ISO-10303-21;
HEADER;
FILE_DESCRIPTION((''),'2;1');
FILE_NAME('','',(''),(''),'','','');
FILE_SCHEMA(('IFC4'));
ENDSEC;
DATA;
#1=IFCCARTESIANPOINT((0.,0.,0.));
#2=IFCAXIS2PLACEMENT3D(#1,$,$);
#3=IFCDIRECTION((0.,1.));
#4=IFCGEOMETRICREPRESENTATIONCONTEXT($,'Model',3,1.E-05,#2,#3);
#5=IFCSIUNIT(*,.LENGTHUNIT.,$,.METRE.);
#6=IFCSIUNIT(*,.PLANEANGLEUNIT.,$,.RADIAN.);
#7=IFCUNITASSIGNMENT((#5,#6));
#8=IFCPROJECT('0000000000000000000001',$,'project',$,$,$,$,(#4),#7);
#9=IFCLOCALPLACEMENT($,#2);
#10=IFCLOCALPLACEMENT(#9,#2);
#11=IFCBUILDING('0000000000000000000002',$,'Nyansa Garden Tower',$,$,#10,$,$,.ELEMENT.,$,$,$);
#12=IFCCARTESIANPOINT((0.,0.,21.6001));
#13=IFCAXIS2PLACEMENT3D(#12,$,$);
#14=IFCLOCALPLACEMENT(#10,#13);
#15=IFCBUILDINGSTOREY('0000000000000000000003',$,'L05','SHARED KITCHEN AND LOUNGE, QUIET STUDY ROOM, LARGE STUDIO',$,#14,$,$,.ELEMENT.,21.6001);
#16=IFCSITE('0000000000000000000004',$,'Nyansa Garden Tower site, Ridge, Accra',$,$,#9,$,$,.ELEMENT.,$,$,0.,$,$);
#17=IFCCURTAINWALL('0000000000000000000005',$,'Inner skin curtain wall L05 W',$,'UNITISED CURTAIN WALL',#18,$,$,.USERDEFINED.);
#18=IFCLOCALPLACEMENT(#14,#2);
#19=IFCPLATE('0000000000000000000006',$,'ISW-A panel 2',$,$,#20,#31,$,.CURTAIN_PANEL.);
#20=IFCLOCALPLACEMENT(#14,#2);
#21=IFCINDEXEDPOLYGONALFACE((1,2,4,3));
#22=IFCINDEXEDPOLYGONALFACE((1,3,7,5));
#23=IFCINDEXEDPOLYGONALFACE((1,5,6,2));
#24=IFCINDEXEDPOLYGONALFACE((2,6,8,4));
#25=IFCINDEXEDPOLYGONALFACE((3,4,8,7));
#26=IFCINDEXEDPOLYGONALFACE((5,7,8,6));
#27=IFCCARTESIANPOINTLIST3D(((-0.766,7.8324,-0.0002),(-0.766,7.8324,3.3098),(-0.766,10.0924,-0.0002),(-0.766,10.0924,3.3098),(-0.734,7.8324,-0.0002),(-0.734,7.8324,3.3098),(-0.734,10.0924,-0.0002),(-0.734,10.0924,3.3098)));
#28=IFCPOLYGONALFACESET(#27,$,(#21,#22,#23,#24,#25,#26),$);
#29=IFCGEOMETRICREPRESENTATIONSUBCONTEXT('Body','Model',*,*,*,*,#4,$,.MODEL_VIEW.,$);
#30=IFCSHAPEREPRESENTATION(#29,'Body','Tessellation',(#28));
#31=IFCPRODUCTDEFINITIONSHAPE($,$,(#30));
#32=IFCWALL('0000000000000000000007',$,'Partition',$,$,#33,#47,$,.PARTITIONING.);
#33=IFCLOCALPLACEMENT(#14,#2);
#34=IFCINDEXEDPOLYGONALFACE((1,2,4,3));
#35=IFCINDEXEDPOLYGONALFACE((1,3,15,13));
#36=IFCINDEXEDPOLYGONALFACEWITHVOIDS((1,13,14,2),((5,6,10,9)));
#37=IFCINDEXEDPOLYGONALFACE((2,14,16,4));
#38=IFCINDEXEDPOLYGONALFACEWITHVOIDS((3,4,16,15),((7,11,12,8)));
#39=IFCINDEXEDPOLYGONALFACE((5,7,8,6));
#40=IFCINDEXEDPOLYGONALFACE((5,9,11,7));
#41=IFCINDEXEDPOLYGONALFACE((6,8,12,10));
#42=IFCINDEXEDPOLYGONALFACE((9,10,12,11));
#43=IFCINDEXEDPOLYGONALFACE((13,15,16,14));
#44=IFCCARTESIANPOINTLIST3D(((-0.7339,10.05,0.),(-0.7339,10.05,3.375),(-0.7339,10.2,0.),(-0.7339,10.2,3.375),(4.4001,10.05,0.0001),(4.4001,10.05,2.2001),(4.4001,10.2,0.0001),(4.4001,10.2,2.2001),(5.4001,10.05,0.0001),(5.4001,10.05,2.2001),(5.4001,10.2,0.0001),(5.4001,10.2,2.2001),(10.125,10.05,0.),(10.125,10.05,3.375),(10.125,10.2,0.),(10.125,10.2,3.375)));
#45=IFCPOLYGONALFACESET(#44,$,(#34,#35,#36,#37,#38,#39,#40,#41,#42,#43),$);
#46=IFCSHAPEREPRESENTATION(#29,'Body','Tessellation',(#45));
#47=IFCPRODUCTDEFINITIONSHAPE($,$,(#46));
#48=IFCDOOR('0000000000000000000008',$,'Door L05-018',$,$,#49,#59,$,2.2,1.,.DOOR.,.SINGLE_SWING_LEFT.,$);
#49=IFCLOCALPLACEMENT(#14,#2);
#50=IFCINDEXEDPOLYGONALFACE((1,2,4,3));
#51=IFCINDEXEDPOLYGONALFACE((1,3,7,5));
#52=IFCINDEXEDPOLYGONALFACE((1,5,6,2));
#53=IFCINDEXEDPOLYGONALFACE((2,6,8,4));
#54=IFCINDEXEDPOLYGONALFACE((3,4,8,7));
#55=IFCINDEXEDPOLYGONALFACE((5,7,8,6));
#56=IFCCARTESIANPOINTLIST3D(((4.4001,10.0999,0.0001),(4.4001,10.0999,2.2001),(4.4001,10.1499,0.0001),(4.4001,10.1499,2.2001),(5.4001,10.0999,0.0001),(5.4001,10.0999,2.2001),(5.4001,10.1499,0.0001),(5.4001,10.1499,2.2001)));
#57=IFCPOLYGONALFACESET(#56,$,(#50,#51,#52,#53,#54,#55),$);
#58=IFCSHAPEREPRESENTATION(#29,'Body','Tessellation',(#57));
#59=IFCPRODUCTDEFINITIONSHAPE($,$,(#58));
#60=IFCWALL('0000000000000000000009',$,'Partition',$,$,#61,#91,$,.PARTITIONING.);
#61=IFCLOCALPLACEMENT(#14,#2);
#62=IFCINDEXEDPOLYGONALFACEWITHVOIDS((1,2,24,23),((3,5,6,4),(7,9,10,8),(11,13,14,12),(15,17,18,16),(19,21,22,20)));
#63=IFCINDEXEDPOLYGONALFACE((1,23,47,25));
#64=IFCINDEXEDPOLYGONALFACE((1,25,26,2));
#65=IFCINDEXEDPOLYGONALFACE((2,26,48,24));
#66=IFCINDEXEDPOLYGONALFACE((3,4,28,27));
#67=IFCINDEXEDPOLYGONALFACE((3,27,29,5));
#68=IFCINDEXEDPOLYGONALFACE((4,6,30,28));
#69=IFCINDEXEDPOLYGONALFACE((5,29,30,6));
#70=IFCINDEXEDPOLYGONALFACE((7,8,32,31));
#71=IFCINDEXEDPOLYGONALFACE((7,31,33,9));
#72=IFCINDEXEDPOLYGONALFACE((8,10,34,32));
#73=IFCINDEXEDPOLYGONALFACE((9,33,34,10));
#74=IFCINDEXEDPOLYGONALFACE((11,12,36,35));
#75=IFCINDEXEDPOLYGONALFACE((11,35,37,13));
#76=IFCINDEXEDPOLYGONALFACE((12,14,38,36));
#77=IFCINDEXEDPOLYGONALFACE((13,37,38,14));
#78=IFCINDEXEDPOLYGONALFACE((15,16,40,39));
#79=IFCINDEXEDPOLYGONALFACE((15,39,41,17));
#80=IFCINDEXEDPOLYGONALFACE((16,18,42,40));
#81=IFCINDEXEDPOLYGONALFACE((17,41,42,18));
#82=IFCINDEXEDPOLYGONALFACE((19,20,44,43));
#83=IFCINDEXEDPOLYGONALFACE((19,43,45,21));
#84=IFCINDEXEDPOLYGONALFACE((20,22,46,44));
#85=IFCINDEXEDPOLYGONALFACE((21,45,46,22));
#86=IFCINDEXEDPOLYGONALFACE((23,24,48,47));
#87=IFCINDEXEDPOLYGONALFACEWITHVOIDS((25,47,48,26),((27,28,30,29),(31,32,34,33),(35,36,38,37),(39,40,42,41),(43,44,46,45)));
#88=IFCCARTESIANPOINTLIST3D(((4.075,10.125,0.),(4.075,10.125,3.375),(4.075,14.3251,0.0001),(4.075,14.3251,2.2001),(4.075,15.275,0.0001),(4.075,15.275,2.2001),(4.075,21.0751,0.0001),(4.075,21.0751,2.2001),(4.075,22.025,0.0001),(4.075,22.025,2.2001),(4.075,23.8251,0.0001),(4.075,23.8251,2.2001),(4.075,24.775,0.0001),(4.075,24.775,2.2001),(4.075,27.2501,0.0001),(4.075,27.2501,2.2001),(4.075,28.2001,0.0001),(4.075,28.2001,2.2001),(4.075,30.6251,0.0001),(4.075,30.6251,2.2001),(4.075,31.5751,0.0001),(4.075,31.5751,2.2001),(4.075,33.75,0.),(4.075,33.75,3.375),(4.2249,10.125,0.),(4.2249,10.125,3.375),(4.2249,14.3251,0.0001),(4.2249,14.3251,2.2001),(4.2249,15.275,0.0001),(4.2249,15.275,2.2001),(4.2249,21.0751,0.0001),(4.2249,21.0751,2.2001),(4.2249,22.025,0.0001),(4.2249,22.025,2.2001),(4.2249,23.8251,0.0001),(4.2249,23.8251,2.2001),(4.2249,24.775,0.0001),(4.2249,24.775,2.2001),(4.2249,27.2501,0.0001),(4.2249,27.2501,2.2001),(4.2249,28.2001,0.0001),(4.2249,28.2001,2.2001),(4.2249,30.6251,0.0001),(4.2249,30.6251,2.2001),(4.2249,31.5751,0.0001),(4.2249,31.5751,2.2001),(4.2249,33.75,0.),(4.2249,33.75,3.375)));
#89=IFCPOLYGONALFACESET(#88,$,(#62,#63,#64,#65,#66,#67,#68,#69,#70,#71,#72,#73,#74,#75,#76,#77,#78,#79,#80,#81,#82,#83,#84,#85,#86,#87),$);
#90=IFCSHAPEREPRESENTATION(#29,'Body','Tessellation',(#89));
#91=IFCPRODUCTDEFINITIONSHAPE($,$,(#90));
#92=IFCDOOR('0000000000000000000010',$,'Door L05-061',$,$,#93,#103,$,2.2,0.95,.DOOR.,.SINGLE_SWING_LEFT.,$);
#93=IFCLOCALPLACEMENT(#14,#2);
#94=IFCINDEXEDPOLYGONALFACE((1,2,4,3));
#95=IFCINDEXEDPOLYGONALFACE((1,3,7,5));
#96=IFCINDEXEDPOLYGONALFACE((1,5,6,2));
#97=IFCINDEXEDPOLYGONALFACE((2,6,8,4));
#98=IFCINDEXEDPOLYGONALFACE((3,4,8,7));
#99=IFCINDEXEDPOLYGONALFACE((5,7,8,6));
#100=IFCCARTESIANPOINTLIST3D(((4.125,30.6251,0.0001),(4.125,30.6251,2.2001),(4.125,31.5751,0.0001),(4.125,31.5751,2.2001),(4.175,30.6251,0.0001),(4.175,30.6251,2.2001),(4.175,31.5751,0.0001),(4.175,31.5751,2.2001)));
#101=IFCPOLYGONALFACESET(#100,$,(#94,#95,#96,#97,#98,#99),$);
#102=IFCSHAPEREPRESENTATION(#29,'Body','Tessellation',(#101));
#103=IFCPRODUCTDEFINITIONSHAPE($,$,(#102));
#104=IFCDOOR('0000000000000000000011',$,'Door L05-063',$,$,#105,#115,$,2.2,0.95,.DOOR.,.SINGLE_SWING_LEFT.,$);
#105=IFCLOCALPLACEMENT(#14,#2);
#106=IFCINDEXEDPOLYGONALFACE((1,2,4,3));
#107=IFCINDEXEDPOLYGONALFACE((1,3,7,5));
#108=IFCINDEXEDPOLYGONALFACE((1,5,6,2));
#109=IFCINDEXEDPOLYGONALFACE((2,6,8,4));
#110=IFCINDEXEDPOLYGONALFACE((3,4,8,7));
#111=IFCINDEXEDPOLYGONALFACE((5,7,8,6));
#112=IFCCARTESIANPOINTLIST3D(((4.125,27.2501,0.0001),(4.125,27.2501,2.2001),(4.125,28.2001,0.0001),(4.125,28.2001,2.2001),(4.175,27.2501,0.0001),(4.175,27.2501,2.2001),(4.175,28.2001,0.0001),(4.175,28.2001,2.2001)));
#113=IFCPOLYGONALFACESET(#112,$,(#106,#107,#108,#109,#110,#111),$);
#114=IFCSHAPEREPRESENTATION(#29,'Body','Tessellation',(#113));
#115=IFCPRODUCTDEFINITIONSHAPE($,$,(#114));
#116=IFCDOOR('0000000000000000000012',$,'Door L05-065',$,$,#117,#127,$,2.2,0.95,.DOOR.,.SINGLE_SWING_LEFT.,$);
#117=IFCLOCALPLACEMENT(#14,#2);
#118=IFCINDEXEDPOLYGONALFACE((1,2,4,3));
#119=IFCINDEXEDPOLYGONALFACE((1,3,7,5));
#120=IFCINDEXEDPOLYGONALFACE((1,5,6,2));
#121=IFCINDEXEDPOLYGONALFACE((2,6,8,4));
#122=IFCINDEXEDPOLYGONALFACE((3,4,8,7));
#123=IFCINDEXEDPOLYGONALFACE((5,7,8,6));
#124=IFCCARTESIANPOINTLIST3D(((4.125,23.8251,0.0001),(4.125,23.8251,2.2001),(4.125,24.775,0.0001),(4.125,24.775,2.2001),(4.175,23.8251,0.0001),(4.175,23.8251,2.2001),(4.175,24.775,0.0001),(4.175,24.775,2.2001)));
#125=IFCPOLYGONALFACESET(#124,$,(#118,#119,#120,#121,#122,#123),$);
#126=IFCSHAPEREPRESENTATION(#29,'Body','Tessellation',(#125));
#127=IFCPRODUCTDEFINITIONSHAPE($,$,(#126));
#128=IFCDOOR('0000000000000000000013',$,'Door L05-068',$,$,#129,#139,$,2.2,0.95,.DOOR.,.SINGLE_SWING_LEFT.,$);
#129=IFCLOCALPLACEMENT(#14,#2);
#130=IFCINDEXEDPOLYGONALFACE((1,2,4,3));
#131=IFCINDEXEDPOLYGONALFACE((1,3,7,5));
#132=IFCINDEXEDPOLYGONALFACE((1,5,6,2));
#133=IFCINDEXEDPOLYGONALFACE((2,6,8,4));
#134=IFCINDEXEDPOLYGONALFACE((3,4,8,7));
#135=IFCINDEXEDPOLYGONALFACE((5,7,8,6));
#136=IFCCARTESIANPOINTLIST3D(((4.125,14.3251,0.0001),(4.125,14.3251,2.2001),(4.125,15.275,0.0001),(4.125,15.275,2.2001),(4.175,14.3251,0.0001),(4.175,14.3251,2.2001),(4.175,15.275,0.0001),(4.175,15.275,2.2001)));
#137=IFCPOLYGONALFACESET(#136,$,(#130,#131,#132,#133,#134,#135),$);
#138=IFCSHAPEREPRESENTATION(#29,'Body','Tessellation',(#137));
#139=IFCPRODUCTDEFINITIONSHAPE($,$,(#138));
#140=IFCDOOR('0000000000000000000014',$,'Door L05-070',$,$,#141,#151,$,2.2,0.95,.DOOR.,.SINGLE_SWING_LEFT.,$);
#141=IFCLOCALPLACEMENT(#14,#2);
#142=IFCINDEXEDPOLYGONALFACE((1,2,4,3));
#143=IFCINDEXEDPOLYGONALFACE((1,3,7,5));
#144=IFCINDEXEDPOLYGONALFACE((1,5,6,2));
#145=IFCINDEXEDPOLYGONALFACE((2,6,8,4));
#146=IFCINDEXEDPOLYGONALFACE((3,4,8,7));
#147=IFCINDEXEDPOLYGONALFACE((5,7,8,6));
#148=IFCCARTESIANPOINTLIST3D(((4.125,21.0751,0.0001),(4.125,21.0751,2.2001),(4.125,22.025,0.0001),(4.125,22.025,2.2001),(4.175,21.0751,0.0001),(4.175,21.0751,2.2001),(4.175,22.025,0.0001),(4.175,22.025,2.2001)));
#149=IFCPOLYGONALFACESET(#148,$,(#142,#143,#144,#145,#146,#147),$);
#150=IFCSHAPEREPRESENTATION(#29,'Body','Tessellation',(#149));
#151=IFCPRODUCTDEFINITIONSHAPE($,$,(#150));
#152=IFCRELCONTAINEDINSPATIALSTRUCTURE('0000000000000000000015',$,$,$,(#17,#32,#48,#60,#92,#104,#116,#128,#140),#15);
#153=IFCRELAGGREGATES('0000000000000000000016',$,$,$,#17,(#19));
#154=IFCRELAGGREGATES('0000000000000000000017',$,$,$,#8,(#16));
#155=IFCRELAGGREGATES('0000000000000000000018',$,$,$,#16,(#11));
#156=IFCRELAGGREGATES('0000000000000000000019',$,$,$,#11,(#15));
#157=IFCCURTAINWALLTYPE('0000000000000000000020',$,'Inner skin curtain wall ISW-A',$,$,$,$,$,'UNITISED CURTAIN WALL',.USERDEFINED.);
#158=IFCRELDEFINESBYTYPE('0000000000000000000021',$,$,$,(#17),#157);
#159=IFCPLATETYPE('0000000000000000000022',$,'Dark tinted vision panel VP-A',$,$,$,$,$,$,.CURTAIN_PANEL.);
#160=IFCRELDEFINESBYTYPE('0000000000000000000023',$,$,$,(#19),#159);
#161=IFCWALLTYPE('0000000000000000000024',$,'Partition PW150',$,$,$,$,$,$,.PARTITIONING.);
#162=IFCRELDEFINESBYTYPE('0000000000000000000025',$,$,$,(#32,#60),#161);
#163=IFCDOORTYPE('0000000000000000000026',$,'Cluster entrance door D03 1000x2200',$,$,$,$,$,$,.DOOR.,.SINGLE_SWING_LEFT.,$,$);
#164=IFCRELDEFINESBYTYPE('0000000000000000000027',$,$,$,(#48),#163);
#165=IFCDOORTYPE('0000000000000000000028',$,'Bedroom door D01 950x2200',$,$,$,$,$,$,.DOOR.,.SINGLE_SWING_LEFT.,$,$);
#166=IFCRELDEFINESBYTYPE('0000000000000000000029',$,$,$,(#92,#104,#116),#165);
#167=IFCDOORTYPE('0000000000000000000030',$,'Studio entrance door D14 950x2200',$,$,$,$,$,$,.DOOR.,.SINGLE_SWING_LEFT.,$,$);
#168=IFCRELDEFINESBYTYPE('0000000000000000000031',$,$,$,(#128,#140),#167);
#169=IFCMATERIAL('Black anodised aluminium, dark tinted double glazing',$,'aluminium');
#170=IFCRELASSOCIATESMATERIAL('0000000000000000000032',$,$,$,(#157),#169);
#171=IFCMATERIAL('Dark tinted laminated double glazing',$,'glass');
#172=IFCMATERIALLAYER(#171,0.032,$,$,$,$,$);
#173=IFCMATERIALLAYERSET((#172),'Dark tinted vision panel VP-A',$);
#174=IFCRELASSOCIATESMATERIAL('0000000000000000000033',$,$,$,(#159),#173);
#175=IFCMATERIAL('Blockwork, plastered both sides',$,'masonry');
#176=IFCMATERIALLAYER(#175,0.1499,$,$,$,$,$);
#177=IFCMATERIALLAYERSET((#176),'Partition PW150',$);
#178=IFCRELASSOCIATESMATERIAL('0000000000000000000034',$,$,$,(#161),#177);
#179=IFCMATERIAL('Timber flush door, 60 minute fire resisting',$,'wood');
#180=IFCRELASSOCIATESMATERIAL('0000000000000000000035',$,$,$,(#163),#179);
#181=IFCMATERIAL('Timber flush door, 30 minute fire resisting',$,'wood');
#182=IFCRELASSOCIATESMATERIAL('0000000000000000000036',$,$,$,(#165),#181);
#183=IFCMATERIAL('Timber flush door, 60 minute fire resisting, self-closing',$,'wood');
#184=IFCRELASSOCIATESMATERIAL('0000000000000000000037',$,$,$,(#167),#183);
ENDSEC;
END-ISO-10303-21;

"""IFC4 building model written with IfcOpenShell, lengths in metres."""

from ifc_helpers import new_model, si_unit, direction, frame, frame_2d, origin, origin_2d, place, context, subcontext, project, spatial, rectangle, extrude, material, layer, layer_set, type_object, element, fill, aggregate, save


model = new_model("IFC4")

# Units and contexts
model_context = context("Model", 3, precision=1e-05, world=origin(), true_north=direction((0.0, 1.0)))
body_context = subcontext(model_context, "Body", "Model", "MODEL_VIEW")
ifc_project = project(units=[si_unit("LENGTHUNIT", "METRE"), si_unit("PLANEANGLEUNIT", "RADIAN")], contexts=[model_context])

# Site, building, storey
site_placement = place(None, origin())
site = spatial("IfcSite", under=ifc_project, at=site_placement, Name="Nyansa Garden Tower site, Ridge, Accra", CompositionType="ELEMENT", RefElevation=0.0)
building_placement = place(site_placement, origin())
building = spatial("IfcBuilding", under=site, at=building_placement, Name="Nyansa Garden Tower", CompositionType="ELEMENT")
storey_placement = place(building_placement, frame((0.0, 0.0, 21.6001)))
storey = spatial("IfcBuildingStorey", under=building, at=storey_placement, Name="L05", Description="SHARED KITCHEN AND LOUNGE, QUIET STUDY ROOM, LARGE STUDIO", CompositionType="ELEMENT", Elevation=21.6001)

# Curtain wall
ifc_material_1 = material(Name="Black anodised aluminium, dark tinted double glazing", Category="aluminium")
curtain_wall_type = type_object("IfcCurtainWallType", Name="Inner skin curtain wall ISW-A", ElementType="UNITISED CURTAIN WALL", PredefinedType="USERDEFINED", material=ifc_material_1)
curtain_wall_placement = place(storey_placement, origin())
curtain_wall = element("IfcCurtainWall", 1, at=curtain_wall_placement, inside=storey, type_object=curtain_wall_type, Name="Inner skin curtain wall L05 W", ObjectType="UNITISED CURTAIN WALL", PredefinedType="USERDEFINED")

# Plate
ifc_material_2 = material(Name="Dark tinted laminated double glazing", Category="glass")
ifc_layer_1 = layer(ifc_material_2, 0.032)
ifc_layer_set_1 = layer_set([ifc_layer_1], Name="Dark tinted vision panel VP-A")
plate_type = type_object("IfcPlateType", Name="Dark tinted vision panel VP-A", PredefinedType="CURTAIN_PANEL", material=ifc_layer_set_1)
plate_1_placement = place(storey_placement, frame((-0.75, 8.9624, -0.0002), z_axis=(0.0, 0.0, 1.0), x_axis=(0.0, -1.0, 0.0)))
plate_1 = element("IfcPlate", 2, at=plate_1_placement, type_object=plate_type, Name="ISW-A panel 2", PredefinedType="CURTAIN_PANEL", context=body_context, shape_type="SweptSolid", body=[
    extrude(rectangle(XDim=2.26, YDim=0.032, at=origin_2d()), origin(), (0.0, 0.0, 1.0), 3.3101),
])
aggregate(curtain_wall, [plate_1])

# Wall, opening, door
ifc_material_3 = material(Name="Blockwork, plastered both sides", Category="masonry")
ifc_layer_2 = layer(ifc_material_3, 0.1499)
ifc_layer_set_2 = layer_set([ifc_layer_2], Name="Partition PW150")
wall_type_1 = type_object("IfcWallType", Name="Partition PW150", PredefinedType="PARTITIONING", material=ifc_layer_set_2)
wall_1_placement = place(storey_placement, frame((-0.7339, 10.125, 0.0), z_axis=(0.0, 0.0, 1.0), x_axis=(1.0, 0.0, 0.0)))
wall_1 = element("IfcWall", 3, at=wall_1_placement, inside=storey, type_object=wall_type_1, Name="Partition", PredefinedType="PARTITIONING", context=body_context, shape_type="SweptSolid", body=[
    extrude(rectangle(XDim=10.8589, YDim=0.1499, at=frame_2d((5.4294, 0.0))), origin(), (0.0, 0.0, 1.0), 3.375),
])
opening_1_placement = place(wall_1_placement, frame((5.134, 0.0, 0.0)))
opening_1 = element("IfcOpeningElement", 4, at=opening_1_placement, cuts=wall_1, PredefinedType="OPENING", context=body_context, shape_type="SweptSolid", body=[
    extrude(rectangle(XDim=1.0, YDim=2.2, at=frame_2d((0.5, 1.1001))), frame((0.0, 0.085, 0.0), z_axis=(0.0, -1.0, 0.0), x_axis=(1.0, 0.0, 0.0)), (0.0, 0.0, 1.0), 0.1699),
])
ifc_material_4 = material(Name="Timber flush door, 60 minute fire resisting", Category="wood")
door_type_1 = type_object("IfcDoorType", Name="Cluster entrance door D03 1000x2200", OperationType="SINGLE_SWING_LEFT", PredefinedType="DOOR", material=ifc_material_4)
door_1_placement = place(opening_1_placement, origin())
door_1 = element("IfcDoor", 5, at=door_1_placement, inside=storey, type_object=door_type_1, Name="Door L05-018", OperationType="SINGLE_SWING_LEFT", OverallHeight=2.2, OverallWidth=1.0, PredefinedType="DOOR", context=body_context, shape_type="SweptSolid", body=[
    extrude(rectangle(XDim=1.0, YDim=2.2, at=frame_2d((0.5, 1.1001))), frame((0.0, 0.0249, 0.0), z_axis=(0.0, -1.0, 0.0), x_axis=(1.0, 0.0, 0.0)), (0.0, 0.0, 1.0), 0.05),
])
fill(opening_1, door_1)

# Wall, openings, doors
wall_2_placement = place(storey_placement, frame((4.1499, 10.125, 0.0), z_axis=(0.0, 0.0, 1.0), x_axis=(0.0, 1.0, 0.0)))
wall_2 = element("IfcWall", 6, at=wall_2_placement, inside=storey, type_object=wall_type_1, Name="Partition", PredefinedType="PARTITIONING", context=body_context, shape_type="SweptSolid", body=[
    extrude(rectangle(XDim=23.625, YDim=0.1499, at=frame_2d((11.8125, 0.0))), origin(), (0.0, 0.0, 1.0), 3.375),
])
opening_2_placement = place(wall_2_placement, frame((20.5, 0.0, 0.0)))
opening_2 = element("IfcOpeningElement", 7, at=opening_2_placement, cuts=wall_2, PredefinedType="OPENING", context=body_context, shape_type="SweptSolid", body=[
    extrude(rectangle(XDim=0.95, YDim=2.2, at=frame_2d((0.4751, 1.1001))), frame((0.0, 0.085, 0.0), z_axis=(0.0, -1.0, 0.0), x_axis=(1.0, 0.0, 0.0)), (0.0, 0.0, 1.0), 0.1699),
])
opening_3_placement = place(wall_2_placement, frame((17.125, 0.0, 0.0)))
opening_3 = element("IfcOpeningElement", 8, at=opening_3_placement, cuts=wall_2, PredefinedType="OPENING", context=body_context, shape_type="SweptSolid", body=[
    extrude(rectangle(XDim=0.95, YDim=2.2, at=frame_2d((0.4751, 1.1001))), frame((0.0, 0.085, 0.0), z_axis=(0.0, -1.0, 0.0), x_axis=(1.0, 0.0, 0.0)), (0.0, 0.0, 1.0), 0.1699),
])
opening_4_placement = place(wall_2_placement, frame((13.7, 0.0, 0.0)))
opening_4 = element("IfcOpeningElement", 9, at=opening_4_placement, cuts=wall_2, PredefinedType="OPENING", context=body_context, shape_type="SweptSolid", body=[
    extrude(rectangle(XDim=0.95, YDim=2.2, at=frame_2d((0.4751, 1.1001))), frame((0.0, 0.085, 0.0), z_axis=(0.0, -1.0, 0.0), x_axis=(1.0, 0.0, 0.0)), (0.0, 0.0, 1.0), 0.1699),
])
opening_5_placement = place(wall_2_placement, frame((4.2, 0.0, 0.0)))
opening_5 = element("IfcOpeningElement", 10, at=opening_5_placement, cuts=wall_2, PredefinedType="OPENING", context=body_context, shape_type="SweptSolid", body=[
    extrude(rectangle(XDim=0.95, YDim=2.2, at=frame_2d((0.4751, 1.1001))), frame((0.0, 0.085, 0.0), z_axis=(0.0, -1.0, 0.0), x_axis=(1.0, 0.0, 0.0)), (0.0, 0.0, 1.0), 0.1699),
])
opening_6_placement = place(wall_2_placement, frame((10.95, 0.0, 0.0)))
opening_6 = element("IfcOpeningElement", 11, at=opening_6_placement, cuts=wall_2, PredefinedType="OPENING", context=body_context, shape_type="SweptSolid", body=[
    extrude(rectangle(XDim=0.95, YDim=2.2, at=frame_2d((0.4751, 1.1001))), frame((0.0, 0.085, 0.0), z_axis=(0.0, -1.0, 0.0), x_axis=(1.0, 0.0, 0.0)), (0.0, 0.0, 1.0), 0.1699),
])
ifc_material_5 = material(Name="Timber flush door, 30 minute fire resisting", Category="wood")
door_type_2 = type_object("IfcDoorType", Name="Bedroom door D01 950x2200", OperationType="SINGLE_SWING_LEFT", PredefinedType="DOOR", material=ifc_material_5)
door_2_placement = place(opening_2_placement, origin())
door_2 = element("IfcDoor", 12, at=door_2_placement, inside=storey, type_object=door_type_2, Name="Door L05-061", OperationType="SINGLE_SWING_LEFT", OverallHeight=2.2, OverallWidth=0.95, PredefinedType="DOOR", context=body_context, shape_type="SweptSolid", body=[
    extrude(rectangle(XDim=0.95, YDim=2.2, at=frame_2d((0.4751, 1.1001))), frame((0.0, 0.0249, 0.0), z_axis=(0.0, -1.0, 0.0), x_axis=(1.0, 0.0, 0.0)), (0.0, 0.0, 1.0), 0.05),
])
fill(opening_2, door_2)
door_3_placement = place(opening_3_placement, origin())
door_3 = element("IfcDoor", 13, at=door_3_placement, inside=storey, type_object=door_type_2, Name="Door L05-063", OperationType="SINGLE_SWING_LEFT", OverallHeight=2.2, OverallWidth=0.95, PredefinedType="DOOR", context=body_context, shape_type="SweptSolid", body=[
    extrude(rectangle(XDim=0.95, YDim=2.2, at=frame_2d((0.4751, 1.1001))), frame((0.0, 0.0249, 0.0), z_axis=(0.0, -1.0, 0.0), x_axis=(1.0, 0.0, 0.0)), (0.0, 0.0, 1.0), 0.05),
])
fill(opening_3, door_3)
door_4_placement = place(opening_4_placement, origin())
door_4 = element("IfcDoor", 14, at=door_4_placement, inside=storey, type_object=door_type_2, Name="Door L05-065", OperationType="SINGLE_SWING_LEFT", OverallHeight=2.2, OverallWidth=0.95, PredefinedType="DOOR", context=body_context, shape_type="SweptSolid", body=[
    extrude(rectangle(XDim=0.95, YDim=2.2, at=frame_2d((0.4751, 1.1001))), frame((0.0, 0.0249, 0.0), z_axis=(0.0, -1.0, 0.0), x_axis=(1.0, 0.0, 0.0)), (0.0, 0.0, 1.0), 0.05),
])
fill(opening_4, door_4)
ifc_material_6 = material(Name="Timber flush door, 60 minute fire resisting, self-closing", Category="wood")
door_type_3 = type_object("IfcDoorType", Name="Studio entrance door D14 950x2200", OperationType="SINGLE_SWING_LEFT", PredefinedType="DOOR", material=ifc_material_6)
door_5_placement = place(opening_5_placement, origin())
door_5 = element("IfcDoor", 15, at=door_5_placement, inside=storey, type_object=door_type_3, Name="Door L05-068", OperationType="SINGLE_SWING_LEFT", OverallHeight=2.2, OverallWidth=0.95, PredefinedType="DOOR", context=body_context, shape_type="SweptSolid", body=[
    extrude(rectangle(XDim=0.95, YDim=2.2, at=frame_2d((0.4751, 1.1001))), frame((0.0, 0.0249, 0.0), z_axis=(0.0, -1.0, 0.0), x_axis=(1.0, 0.0, 0.0)), (0.0, 0.0, 1.0), 0.05),
])
fill(opening_5, door_5)
door_6_placement = place(opening_6_placement, origin())
door_6 = element("IfcDoor", 16, at=door_6_placement, inside=storey, type_object=door_type_3, Name="Door L05-070", OperationType="SINGLE_SWING_LEFT", OverallHeight=2.2, OverallWidth=0.95, PredefinedType="DOOR", context=body_context, shape_type="SweptSolid", body=[
    extrude(rectangle(XDim=0.95, YDim=2.2, at=frame_2d((0.4751, 1.1001))), frame((0.0, 0.0249, 0.0), z_axis=(0.0, -1.0, 0.0), x_axis=(1.0, 0.0, 0.0)), (0.0, 0.0, 1.0), 0.05),
])
fill(opening_6, door_6)

save(model, "model.ifc")
